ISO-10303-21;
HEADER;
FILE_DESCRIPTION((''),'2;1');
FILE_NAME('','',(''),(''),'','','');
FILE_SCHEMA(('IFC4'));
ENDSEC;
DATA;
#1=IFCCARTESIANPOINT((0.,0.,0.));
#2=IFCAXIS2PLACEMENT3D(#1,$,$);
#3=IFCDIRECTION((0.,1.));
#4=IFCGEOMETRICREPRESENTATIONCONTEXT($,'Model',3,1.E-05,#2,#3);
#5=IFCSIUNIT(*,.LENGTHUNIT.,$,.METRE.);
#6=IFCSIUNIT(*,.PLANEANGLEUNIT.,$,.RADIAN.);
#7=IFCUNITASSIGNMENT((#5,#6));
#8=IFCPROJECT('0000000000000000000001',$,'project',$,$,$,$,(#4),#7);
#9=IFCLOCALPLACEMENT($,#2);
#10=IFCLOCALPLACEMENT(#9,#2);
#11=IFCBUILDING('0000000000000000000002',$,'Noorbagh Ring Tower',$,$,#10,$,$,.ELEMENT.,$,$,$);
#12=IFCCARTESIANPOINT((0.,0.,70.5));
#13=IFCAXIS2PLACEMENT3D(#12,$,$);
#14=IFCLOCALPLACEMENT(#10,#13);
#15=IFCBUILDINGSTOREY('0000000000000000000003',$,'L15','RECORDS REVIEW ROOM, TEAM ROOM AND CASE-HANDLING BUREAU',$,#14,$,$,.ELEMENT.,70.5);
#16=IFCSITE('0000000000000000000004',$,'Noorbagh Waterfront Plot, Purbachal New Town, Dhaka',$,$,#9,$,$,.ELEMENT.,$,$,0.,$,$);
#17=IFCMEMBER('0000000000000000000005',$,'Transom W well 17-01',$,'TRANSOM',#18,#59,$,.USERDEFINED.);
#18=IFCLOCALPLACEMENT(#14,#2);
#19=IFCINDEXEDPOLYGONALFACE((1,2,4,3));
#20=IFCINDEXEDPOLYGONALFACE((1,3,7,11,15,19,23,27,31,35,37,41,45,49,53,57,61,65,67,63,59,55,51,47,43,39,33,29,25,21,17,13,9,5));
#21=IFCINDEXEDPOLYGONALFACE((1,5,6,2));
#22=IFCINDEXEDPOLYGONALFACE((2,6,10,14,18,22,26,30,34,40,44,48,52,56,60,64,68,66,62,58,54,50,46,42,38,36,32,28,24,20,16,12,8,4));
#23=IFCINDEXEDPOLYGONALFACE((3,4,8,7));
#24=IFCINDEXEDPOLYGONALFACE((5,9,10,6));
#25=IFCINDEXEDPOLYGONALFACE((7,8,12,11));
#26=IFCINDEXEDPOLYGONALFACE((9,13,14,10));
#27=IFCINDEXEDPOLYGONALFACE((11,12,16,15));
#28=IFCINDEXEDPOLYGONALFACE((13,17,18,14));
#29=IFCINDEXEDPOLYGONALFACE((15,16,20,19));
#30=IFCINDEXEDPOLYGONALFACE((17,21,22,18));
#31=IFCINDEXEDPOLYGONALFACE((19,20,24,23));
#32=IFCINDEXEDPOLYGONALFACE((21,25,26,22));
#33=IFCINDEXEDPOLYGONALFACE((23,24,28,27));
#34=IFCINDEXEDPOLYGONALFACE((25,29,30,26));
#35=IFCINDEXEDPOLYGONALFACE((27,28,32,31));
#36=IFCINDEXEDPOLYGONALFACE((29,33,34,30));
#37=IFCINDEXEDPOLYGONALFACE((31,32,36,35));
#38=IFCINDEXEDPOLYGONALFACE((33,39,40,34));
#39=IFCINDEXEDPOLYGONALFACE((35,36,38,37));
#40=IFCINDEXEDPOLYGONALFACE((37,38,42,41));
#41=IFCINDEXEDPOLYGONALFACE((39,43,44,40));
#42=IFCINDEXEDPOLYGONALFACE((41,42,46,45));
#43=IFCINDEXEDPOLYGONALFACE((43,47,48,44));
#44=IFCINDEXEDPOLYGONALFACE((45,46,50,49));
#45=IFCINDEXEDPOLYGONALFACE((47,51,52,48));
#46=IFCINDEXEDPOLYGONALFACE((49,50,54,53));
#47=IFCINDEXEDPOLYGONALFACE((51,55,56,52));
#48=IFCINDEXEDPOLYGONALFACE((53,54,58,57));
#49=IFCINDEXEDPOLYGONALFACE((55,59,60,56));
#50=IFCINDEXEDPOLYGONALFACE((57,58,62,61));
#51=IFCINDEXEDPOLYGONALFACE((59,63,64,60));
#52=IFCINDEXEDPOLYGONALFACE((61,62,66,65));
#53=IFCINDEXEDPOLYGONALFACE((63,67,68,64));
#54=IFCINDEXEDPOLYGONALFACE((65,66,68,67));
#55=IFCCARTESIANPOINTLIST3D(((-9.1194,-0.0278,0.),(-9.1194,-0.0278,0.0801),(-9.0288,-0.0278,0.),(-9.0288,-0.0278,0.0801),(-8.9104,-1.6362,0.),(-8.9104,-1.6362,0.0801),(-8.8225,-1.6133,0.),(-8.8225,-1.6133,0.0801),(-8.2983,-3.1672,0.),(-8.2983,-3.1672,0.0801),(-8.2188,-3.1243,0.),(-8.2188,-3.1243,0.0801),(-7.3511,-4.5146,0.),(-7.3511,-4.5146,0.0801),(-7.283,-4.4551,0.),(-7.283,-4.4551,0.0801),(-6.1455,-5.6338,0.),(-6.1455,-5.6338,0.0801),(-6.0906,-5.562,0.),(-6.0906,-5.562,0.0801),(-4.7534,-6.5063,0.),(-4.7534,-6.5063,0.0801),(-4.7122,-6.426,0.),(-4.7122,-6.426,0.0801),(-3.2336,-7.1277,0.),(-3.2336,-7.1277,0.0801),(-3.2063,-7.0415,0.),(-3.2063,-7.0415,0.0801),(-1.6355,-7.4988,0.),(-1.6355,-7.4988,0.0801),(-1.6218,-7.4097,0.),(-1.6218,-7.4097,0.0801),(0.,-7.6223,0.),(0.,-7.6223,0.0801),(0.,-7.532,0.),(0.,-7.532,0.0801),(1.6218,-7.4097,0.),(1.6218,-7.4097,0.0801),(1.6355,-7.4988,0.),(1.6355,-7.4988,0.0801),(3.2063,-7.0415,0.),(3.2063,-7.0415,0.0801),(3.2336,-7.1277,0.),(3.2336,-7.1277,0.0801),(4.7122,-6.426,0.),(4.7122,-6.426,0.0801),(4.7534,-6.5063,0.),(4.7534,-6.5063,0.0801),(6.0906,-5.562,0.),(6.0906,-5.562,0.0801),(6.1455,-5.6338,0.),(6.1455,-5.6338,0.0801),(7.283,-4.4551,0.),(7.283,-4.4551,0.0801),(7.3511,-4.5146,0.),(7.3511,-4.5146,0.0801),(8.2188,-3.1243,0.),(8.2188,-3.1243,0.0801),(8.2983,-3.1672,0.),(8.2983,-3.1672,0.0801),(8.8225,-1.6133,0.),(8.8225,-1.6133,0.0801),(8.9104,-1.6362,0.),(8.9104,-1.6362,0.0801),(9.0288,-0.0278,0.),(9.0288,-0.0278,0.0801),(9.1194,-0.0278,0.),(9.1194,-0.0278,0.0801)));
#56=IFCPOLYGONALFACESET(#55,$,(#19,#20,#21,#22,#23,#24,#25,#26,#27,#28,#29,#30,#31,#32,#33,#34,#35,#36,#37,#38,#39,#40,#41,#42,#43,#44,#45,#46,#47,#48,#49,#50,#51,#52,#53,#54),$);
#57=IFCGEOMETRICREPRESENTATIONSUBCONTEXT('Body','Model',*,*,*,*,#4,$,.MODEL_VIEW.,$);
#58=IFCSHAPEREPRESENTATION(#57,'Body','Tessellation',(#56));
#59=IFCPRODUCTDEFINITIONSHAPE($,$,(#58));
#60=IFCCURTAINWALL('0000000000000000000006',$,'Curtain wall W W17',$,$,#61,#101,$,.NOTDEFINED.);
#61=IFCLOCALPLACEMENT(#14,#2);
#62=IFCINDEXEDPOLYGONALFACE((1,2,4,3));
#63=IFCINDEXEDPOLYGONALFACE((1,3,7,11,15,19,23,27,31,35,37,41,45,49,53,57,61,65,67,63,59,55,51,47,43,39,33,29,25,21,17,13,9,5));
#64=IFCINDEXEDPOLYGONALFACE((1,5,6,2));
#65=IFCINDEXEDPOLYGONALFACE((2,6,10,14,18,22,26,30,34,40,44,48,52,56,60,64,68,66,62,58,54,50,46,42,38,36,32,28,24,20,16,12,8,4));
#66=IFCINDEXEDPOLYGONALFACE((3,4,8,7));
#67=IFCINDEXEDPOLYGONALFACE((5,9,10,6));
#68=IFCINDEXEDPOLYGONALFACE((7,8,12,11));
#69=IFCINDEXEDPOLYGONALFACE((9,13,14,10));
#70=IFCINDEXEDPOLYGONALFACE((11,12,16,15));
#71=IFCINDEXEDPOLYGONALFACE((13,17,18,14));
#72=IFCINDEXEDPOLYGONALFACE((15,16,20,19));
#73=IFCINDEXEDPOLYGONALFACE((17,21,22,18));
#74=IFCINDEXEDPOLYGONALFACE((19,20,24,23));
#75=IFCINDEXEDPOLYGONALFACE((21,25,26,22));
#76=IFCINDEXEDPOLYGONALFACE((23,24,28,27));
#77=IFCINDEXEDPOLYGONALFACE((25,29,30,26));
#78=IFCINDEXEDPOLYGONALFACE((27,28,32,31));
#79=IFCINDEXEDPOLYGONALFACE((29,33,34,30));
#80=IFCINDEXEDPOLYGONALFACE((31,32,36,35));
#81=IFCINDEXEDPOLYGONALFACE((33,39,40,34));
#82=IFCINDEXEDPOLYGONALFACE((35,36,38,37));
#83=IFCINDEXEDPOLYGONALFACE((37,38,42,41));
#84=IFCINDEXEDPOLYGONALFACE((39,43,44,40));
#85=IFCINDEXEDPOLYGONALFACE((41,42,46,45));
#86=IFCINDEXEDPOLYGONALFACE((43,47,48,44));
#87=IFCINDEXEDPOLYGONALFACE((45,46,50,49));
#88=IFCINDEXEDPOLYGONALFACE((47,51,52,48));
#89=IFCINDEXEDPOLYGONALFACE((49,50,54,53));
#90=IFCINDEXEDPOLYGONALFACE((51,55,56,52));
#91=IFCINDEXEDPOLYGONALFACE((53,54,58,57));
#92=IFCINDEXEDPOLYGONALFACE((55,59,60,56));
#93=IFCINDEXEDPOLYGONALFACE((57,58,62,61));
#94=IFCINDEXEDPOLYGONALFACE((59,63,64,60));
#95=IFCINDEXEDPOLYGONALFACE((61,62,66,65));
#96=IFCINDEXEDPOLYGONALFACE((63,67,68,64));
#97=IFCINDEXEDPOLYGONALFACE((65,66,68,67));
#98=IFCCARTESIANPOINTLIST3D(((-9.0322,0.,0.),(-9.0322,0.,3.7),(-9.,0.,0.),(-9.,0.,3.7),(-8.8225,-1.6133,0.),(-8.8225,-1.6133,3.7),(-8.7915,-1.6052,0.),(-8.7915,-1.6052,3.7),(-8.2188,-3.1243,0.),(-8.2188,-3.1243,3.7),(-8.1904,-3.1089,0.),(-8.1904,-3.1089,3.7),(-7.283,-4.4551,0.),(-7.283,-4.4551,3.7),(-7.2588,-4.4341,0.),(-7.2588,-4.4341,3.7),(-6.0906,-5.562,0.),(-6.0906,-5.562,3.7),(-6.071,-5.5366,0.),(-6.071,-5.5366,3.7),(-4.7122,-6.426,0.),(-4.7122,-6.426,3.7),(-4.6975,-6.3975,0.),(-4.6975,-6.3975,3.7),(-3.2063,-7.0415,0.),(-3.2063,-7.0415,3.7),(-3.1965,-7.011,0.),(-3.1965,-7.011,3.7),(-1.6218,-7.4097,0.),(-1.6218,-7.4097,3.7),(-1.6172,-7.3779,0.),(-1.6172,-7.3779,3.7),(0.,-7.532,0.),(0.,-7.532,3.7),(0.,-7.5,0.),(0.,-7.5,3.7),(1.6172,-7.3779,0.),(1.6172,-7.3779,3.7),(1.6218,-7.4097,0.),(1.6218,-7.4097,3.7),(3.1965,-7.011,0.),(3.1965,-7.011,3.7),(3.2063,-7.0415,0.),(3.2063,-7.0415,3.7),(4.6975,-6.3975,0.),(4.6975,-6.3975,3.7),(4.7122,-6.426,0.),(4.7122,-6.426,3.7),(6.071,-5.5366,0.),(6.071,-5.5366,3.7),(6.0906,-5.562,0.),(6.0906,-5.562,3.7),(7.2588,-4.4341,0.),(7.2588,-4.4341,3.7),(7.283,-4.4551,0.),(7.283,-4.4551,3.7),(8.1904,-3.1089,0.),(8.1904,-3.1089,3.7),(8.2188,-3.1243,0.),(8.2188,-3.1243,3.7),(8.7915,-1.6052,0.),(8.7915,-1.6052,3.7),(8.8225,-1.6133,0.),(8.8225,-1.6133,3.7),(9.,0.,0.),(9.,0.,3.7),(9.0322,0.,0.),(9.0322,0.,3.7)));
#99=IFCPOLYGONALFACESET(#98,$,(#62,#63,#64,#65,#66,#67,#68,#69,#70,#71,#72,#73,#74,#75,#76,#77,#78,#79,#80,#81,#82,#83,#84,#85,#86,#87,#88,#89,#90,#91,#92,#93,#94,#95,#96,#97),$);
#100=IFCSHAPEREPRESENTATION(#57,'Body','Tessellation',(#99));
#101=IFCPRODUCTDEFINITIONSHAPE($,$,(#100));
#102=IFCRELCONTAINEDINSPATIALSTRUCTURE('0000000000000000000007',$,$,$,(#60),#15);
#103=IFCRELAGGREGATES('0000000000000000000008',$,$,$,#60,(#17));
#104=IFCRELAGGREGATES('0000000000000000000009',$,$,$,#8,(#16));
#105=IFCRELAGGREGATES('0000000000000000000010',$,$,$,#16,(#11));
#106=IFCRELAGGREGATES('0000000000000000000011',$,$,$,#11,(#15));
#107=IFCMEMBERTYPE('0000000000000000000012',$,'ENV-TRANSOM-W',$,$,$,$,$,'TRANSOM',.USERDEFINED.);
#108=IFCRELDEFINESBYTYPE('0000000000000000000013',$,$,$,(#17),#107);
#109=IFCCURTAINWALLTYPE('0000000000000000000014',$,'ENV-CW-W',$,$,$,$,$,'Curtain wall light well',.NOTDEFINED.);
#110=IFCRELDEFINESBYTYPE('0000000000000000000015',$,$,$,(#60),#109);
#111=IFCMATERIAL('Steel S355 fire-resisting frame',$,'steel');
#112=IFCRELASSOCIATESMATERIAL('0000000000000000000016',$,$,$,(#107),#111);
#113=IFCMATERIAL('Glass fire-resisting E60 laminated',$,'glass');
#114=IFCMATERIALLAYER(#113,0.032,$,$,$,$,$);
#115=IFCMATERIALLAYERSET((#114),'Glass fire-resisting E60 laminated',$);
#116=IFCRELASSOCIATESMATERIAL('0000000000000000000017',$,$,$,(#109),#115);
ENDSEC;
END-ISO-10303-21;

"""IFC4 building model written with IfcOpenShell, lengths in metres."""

from ifc_helpers import new_model, si_unit, direction, frame, origin, place, context, subcontext, project, spatial, polyline, outline, extrude, material, layer, layer_set, type_object, element, aggregate, save


model = new_model("IFC4")

# Units and contexts
model_context = context("Model", 3, precision=1e-05, world=origin(), true_north=direction((0.0, 1.0)))
body_context = subcontext(model_context, "Body", "Model", "MODEL_VIEW")
ifc_project = project(units=[si_unit("LENGTHUNIT", "METRE"), si_unit("PLANEANGLEUNIT", "RADIAN")], contexts=[model_context])

# Member
site_placement = place(None, origin())
building_placement = place(site_placement, origin())
storey_placement = place(building_placement, frame((0.0, 0.0, 70.5)))
ifc_material_1 = material(Name="Steel S355 fire-resisting frame", Category="steel")
member_type_1 = type_object("IfcMemberType", Name="ENV-TRANSOM-W", ElementType="TRANSOM", PredefinedType="USERDEFINED", material=ifc_material_1)
member_1_placement = place(storey_placement, origin())
member_1 = element("IfcMember", 1, at=member_1_placement, type_object=member_type_1, Name="Transom W well 17-01", ObjectType="TRANSOM", PredefinedType="USERDEFINED", context=body_context, shape_type="SweptSolid", body=[
    extrude(outline(polyline([(-9.1194, -0.0278), (-8.9104, -1.6362), (-8.2983, -3.1672), (-7.3511, -4.5146), (-6.1455, -5.6338), (-4.7534, -6.5063), (-3.2336, -7.1277), (-1.6355, -7.4988), (0.0, -7.6223), (1.6355, -7.4988), (3.2336, -7.1277), (4.7534, -6.5063), (6.1455, -5.6338), (7.3511, -4.5146), (8.2983, -3.1672), (8.9104, -1.6362), (9.1194, -0.0278), (9.0288, -0.0278), (8.8225, -1.6133), (8.2188, -3.1243), (7.283, -4.4551), (6.0906, -5.562), (4.7122, -6.426), (3.2063, -7.0415), (1.6218, -7.4097), (0.0, -7.532), (-1.6218, -7.4097), (-3.2063, -7.0415), (-4.7122, -6.426), (-6.0906, -5.562), (-7.283, -4.4551), (-8.2188, -3.1243), (-8.8225, -1.6133), (-9.0288, -0.0278), (-9.1194, -0.0278)])), origin(), (0.0, 0.0, 1.0), 0.0801),
])

# Site, building, storey
site = spatial("IfcSite", under=ifc_project, at=site_placement, Name="Noorbagh Waterfront Plot, Purbachal New Town, Dhaka", CompositionType="ELEMENT", RefElevation=0.0)
building = spatial("IfcBuilding", under=site, at=building_placement, Name="Noorbagh Ring Tower", CompositionType="ELEMENT")
storey = spatial("IfcBuildingStorey", under=building, at=storey_placement, Name="L15", Description="RECORDS REVIEW ROOM, TEAM ROOM AND CASE-HANDLING BUREAU", CompositionType="ELEMENT", Elevation=70.5)

# Curtain wall
ifc_material_2 = material(Name="Glass fire-resisting E60 laminated", Category="glass")
ifc_layer_1 = layer(ifc_material_2, 0.032)
ifc_layer_set_1 = layer_set([ifc_layer_1], Name="Glass fire-resisting E60 laminated")
curtain_wall_type_1 = type_object("IfcCurtainWallType", Name="ENV-CW-W", ElementType="Curtain wall light well", PredefinedType="NOTDEFINED", material=ifc_layer_set_1)
curtain_wall_1_placement = place(storey_placement, origin())
curtain_wall_1 = element("IfcCurtainWall", 2, at=curtain_wall_1_placement, inside=storey, type_object=curtain_wall_type_1, Name="Curtain wall W W17", PredefinedType="NOTDEFINED", context=body_context, shape_type="SweptSolid", body=[
    extrude(outline(polyline([(-9.0322, 0.0), (-8.8225, -1.6133), (-8.2188, -3.1243), (-7.283, -4.4551), (-6.0906, -5.562), (-4.7122, -6.426), (-3.2063, -7.0415), (-1.6218, -7.4097), (0.0, -7.532), (1.6218, -7.4097), (3.2063, -7.0415), (4.7122, -6.426), (6.0906, -5.562), (7.283, -4.4551), (8.2188, -3.1243), (8.8225, -1.6133), (9.0322, 0.0), (9.0, 0.0), (8.7915, -1.6052), (8.1904, -3.1089), (7.2588, -4.4341), (6.071, -5.5366), (4.6975, -6.3975), (3.1965, -7.011), (1.6172, -7.3779), (0.0, -7.5), (-1.6172, -7.3779), (-3.1965, -7.011), (-4.6975, -6.3975), (-6.071, -5.5366), (-7.2588, -4.4341), (-8.1904, -3.1089), (-8.7915, -1.6052), (-9.0, 0.0), (-9.0322, 0.0)])), origin(), (0.0, 0.0, 1.0), 3.7),
])
aggregate(curtain_wall_1, [member_1])

save(model, "model.ifc")
